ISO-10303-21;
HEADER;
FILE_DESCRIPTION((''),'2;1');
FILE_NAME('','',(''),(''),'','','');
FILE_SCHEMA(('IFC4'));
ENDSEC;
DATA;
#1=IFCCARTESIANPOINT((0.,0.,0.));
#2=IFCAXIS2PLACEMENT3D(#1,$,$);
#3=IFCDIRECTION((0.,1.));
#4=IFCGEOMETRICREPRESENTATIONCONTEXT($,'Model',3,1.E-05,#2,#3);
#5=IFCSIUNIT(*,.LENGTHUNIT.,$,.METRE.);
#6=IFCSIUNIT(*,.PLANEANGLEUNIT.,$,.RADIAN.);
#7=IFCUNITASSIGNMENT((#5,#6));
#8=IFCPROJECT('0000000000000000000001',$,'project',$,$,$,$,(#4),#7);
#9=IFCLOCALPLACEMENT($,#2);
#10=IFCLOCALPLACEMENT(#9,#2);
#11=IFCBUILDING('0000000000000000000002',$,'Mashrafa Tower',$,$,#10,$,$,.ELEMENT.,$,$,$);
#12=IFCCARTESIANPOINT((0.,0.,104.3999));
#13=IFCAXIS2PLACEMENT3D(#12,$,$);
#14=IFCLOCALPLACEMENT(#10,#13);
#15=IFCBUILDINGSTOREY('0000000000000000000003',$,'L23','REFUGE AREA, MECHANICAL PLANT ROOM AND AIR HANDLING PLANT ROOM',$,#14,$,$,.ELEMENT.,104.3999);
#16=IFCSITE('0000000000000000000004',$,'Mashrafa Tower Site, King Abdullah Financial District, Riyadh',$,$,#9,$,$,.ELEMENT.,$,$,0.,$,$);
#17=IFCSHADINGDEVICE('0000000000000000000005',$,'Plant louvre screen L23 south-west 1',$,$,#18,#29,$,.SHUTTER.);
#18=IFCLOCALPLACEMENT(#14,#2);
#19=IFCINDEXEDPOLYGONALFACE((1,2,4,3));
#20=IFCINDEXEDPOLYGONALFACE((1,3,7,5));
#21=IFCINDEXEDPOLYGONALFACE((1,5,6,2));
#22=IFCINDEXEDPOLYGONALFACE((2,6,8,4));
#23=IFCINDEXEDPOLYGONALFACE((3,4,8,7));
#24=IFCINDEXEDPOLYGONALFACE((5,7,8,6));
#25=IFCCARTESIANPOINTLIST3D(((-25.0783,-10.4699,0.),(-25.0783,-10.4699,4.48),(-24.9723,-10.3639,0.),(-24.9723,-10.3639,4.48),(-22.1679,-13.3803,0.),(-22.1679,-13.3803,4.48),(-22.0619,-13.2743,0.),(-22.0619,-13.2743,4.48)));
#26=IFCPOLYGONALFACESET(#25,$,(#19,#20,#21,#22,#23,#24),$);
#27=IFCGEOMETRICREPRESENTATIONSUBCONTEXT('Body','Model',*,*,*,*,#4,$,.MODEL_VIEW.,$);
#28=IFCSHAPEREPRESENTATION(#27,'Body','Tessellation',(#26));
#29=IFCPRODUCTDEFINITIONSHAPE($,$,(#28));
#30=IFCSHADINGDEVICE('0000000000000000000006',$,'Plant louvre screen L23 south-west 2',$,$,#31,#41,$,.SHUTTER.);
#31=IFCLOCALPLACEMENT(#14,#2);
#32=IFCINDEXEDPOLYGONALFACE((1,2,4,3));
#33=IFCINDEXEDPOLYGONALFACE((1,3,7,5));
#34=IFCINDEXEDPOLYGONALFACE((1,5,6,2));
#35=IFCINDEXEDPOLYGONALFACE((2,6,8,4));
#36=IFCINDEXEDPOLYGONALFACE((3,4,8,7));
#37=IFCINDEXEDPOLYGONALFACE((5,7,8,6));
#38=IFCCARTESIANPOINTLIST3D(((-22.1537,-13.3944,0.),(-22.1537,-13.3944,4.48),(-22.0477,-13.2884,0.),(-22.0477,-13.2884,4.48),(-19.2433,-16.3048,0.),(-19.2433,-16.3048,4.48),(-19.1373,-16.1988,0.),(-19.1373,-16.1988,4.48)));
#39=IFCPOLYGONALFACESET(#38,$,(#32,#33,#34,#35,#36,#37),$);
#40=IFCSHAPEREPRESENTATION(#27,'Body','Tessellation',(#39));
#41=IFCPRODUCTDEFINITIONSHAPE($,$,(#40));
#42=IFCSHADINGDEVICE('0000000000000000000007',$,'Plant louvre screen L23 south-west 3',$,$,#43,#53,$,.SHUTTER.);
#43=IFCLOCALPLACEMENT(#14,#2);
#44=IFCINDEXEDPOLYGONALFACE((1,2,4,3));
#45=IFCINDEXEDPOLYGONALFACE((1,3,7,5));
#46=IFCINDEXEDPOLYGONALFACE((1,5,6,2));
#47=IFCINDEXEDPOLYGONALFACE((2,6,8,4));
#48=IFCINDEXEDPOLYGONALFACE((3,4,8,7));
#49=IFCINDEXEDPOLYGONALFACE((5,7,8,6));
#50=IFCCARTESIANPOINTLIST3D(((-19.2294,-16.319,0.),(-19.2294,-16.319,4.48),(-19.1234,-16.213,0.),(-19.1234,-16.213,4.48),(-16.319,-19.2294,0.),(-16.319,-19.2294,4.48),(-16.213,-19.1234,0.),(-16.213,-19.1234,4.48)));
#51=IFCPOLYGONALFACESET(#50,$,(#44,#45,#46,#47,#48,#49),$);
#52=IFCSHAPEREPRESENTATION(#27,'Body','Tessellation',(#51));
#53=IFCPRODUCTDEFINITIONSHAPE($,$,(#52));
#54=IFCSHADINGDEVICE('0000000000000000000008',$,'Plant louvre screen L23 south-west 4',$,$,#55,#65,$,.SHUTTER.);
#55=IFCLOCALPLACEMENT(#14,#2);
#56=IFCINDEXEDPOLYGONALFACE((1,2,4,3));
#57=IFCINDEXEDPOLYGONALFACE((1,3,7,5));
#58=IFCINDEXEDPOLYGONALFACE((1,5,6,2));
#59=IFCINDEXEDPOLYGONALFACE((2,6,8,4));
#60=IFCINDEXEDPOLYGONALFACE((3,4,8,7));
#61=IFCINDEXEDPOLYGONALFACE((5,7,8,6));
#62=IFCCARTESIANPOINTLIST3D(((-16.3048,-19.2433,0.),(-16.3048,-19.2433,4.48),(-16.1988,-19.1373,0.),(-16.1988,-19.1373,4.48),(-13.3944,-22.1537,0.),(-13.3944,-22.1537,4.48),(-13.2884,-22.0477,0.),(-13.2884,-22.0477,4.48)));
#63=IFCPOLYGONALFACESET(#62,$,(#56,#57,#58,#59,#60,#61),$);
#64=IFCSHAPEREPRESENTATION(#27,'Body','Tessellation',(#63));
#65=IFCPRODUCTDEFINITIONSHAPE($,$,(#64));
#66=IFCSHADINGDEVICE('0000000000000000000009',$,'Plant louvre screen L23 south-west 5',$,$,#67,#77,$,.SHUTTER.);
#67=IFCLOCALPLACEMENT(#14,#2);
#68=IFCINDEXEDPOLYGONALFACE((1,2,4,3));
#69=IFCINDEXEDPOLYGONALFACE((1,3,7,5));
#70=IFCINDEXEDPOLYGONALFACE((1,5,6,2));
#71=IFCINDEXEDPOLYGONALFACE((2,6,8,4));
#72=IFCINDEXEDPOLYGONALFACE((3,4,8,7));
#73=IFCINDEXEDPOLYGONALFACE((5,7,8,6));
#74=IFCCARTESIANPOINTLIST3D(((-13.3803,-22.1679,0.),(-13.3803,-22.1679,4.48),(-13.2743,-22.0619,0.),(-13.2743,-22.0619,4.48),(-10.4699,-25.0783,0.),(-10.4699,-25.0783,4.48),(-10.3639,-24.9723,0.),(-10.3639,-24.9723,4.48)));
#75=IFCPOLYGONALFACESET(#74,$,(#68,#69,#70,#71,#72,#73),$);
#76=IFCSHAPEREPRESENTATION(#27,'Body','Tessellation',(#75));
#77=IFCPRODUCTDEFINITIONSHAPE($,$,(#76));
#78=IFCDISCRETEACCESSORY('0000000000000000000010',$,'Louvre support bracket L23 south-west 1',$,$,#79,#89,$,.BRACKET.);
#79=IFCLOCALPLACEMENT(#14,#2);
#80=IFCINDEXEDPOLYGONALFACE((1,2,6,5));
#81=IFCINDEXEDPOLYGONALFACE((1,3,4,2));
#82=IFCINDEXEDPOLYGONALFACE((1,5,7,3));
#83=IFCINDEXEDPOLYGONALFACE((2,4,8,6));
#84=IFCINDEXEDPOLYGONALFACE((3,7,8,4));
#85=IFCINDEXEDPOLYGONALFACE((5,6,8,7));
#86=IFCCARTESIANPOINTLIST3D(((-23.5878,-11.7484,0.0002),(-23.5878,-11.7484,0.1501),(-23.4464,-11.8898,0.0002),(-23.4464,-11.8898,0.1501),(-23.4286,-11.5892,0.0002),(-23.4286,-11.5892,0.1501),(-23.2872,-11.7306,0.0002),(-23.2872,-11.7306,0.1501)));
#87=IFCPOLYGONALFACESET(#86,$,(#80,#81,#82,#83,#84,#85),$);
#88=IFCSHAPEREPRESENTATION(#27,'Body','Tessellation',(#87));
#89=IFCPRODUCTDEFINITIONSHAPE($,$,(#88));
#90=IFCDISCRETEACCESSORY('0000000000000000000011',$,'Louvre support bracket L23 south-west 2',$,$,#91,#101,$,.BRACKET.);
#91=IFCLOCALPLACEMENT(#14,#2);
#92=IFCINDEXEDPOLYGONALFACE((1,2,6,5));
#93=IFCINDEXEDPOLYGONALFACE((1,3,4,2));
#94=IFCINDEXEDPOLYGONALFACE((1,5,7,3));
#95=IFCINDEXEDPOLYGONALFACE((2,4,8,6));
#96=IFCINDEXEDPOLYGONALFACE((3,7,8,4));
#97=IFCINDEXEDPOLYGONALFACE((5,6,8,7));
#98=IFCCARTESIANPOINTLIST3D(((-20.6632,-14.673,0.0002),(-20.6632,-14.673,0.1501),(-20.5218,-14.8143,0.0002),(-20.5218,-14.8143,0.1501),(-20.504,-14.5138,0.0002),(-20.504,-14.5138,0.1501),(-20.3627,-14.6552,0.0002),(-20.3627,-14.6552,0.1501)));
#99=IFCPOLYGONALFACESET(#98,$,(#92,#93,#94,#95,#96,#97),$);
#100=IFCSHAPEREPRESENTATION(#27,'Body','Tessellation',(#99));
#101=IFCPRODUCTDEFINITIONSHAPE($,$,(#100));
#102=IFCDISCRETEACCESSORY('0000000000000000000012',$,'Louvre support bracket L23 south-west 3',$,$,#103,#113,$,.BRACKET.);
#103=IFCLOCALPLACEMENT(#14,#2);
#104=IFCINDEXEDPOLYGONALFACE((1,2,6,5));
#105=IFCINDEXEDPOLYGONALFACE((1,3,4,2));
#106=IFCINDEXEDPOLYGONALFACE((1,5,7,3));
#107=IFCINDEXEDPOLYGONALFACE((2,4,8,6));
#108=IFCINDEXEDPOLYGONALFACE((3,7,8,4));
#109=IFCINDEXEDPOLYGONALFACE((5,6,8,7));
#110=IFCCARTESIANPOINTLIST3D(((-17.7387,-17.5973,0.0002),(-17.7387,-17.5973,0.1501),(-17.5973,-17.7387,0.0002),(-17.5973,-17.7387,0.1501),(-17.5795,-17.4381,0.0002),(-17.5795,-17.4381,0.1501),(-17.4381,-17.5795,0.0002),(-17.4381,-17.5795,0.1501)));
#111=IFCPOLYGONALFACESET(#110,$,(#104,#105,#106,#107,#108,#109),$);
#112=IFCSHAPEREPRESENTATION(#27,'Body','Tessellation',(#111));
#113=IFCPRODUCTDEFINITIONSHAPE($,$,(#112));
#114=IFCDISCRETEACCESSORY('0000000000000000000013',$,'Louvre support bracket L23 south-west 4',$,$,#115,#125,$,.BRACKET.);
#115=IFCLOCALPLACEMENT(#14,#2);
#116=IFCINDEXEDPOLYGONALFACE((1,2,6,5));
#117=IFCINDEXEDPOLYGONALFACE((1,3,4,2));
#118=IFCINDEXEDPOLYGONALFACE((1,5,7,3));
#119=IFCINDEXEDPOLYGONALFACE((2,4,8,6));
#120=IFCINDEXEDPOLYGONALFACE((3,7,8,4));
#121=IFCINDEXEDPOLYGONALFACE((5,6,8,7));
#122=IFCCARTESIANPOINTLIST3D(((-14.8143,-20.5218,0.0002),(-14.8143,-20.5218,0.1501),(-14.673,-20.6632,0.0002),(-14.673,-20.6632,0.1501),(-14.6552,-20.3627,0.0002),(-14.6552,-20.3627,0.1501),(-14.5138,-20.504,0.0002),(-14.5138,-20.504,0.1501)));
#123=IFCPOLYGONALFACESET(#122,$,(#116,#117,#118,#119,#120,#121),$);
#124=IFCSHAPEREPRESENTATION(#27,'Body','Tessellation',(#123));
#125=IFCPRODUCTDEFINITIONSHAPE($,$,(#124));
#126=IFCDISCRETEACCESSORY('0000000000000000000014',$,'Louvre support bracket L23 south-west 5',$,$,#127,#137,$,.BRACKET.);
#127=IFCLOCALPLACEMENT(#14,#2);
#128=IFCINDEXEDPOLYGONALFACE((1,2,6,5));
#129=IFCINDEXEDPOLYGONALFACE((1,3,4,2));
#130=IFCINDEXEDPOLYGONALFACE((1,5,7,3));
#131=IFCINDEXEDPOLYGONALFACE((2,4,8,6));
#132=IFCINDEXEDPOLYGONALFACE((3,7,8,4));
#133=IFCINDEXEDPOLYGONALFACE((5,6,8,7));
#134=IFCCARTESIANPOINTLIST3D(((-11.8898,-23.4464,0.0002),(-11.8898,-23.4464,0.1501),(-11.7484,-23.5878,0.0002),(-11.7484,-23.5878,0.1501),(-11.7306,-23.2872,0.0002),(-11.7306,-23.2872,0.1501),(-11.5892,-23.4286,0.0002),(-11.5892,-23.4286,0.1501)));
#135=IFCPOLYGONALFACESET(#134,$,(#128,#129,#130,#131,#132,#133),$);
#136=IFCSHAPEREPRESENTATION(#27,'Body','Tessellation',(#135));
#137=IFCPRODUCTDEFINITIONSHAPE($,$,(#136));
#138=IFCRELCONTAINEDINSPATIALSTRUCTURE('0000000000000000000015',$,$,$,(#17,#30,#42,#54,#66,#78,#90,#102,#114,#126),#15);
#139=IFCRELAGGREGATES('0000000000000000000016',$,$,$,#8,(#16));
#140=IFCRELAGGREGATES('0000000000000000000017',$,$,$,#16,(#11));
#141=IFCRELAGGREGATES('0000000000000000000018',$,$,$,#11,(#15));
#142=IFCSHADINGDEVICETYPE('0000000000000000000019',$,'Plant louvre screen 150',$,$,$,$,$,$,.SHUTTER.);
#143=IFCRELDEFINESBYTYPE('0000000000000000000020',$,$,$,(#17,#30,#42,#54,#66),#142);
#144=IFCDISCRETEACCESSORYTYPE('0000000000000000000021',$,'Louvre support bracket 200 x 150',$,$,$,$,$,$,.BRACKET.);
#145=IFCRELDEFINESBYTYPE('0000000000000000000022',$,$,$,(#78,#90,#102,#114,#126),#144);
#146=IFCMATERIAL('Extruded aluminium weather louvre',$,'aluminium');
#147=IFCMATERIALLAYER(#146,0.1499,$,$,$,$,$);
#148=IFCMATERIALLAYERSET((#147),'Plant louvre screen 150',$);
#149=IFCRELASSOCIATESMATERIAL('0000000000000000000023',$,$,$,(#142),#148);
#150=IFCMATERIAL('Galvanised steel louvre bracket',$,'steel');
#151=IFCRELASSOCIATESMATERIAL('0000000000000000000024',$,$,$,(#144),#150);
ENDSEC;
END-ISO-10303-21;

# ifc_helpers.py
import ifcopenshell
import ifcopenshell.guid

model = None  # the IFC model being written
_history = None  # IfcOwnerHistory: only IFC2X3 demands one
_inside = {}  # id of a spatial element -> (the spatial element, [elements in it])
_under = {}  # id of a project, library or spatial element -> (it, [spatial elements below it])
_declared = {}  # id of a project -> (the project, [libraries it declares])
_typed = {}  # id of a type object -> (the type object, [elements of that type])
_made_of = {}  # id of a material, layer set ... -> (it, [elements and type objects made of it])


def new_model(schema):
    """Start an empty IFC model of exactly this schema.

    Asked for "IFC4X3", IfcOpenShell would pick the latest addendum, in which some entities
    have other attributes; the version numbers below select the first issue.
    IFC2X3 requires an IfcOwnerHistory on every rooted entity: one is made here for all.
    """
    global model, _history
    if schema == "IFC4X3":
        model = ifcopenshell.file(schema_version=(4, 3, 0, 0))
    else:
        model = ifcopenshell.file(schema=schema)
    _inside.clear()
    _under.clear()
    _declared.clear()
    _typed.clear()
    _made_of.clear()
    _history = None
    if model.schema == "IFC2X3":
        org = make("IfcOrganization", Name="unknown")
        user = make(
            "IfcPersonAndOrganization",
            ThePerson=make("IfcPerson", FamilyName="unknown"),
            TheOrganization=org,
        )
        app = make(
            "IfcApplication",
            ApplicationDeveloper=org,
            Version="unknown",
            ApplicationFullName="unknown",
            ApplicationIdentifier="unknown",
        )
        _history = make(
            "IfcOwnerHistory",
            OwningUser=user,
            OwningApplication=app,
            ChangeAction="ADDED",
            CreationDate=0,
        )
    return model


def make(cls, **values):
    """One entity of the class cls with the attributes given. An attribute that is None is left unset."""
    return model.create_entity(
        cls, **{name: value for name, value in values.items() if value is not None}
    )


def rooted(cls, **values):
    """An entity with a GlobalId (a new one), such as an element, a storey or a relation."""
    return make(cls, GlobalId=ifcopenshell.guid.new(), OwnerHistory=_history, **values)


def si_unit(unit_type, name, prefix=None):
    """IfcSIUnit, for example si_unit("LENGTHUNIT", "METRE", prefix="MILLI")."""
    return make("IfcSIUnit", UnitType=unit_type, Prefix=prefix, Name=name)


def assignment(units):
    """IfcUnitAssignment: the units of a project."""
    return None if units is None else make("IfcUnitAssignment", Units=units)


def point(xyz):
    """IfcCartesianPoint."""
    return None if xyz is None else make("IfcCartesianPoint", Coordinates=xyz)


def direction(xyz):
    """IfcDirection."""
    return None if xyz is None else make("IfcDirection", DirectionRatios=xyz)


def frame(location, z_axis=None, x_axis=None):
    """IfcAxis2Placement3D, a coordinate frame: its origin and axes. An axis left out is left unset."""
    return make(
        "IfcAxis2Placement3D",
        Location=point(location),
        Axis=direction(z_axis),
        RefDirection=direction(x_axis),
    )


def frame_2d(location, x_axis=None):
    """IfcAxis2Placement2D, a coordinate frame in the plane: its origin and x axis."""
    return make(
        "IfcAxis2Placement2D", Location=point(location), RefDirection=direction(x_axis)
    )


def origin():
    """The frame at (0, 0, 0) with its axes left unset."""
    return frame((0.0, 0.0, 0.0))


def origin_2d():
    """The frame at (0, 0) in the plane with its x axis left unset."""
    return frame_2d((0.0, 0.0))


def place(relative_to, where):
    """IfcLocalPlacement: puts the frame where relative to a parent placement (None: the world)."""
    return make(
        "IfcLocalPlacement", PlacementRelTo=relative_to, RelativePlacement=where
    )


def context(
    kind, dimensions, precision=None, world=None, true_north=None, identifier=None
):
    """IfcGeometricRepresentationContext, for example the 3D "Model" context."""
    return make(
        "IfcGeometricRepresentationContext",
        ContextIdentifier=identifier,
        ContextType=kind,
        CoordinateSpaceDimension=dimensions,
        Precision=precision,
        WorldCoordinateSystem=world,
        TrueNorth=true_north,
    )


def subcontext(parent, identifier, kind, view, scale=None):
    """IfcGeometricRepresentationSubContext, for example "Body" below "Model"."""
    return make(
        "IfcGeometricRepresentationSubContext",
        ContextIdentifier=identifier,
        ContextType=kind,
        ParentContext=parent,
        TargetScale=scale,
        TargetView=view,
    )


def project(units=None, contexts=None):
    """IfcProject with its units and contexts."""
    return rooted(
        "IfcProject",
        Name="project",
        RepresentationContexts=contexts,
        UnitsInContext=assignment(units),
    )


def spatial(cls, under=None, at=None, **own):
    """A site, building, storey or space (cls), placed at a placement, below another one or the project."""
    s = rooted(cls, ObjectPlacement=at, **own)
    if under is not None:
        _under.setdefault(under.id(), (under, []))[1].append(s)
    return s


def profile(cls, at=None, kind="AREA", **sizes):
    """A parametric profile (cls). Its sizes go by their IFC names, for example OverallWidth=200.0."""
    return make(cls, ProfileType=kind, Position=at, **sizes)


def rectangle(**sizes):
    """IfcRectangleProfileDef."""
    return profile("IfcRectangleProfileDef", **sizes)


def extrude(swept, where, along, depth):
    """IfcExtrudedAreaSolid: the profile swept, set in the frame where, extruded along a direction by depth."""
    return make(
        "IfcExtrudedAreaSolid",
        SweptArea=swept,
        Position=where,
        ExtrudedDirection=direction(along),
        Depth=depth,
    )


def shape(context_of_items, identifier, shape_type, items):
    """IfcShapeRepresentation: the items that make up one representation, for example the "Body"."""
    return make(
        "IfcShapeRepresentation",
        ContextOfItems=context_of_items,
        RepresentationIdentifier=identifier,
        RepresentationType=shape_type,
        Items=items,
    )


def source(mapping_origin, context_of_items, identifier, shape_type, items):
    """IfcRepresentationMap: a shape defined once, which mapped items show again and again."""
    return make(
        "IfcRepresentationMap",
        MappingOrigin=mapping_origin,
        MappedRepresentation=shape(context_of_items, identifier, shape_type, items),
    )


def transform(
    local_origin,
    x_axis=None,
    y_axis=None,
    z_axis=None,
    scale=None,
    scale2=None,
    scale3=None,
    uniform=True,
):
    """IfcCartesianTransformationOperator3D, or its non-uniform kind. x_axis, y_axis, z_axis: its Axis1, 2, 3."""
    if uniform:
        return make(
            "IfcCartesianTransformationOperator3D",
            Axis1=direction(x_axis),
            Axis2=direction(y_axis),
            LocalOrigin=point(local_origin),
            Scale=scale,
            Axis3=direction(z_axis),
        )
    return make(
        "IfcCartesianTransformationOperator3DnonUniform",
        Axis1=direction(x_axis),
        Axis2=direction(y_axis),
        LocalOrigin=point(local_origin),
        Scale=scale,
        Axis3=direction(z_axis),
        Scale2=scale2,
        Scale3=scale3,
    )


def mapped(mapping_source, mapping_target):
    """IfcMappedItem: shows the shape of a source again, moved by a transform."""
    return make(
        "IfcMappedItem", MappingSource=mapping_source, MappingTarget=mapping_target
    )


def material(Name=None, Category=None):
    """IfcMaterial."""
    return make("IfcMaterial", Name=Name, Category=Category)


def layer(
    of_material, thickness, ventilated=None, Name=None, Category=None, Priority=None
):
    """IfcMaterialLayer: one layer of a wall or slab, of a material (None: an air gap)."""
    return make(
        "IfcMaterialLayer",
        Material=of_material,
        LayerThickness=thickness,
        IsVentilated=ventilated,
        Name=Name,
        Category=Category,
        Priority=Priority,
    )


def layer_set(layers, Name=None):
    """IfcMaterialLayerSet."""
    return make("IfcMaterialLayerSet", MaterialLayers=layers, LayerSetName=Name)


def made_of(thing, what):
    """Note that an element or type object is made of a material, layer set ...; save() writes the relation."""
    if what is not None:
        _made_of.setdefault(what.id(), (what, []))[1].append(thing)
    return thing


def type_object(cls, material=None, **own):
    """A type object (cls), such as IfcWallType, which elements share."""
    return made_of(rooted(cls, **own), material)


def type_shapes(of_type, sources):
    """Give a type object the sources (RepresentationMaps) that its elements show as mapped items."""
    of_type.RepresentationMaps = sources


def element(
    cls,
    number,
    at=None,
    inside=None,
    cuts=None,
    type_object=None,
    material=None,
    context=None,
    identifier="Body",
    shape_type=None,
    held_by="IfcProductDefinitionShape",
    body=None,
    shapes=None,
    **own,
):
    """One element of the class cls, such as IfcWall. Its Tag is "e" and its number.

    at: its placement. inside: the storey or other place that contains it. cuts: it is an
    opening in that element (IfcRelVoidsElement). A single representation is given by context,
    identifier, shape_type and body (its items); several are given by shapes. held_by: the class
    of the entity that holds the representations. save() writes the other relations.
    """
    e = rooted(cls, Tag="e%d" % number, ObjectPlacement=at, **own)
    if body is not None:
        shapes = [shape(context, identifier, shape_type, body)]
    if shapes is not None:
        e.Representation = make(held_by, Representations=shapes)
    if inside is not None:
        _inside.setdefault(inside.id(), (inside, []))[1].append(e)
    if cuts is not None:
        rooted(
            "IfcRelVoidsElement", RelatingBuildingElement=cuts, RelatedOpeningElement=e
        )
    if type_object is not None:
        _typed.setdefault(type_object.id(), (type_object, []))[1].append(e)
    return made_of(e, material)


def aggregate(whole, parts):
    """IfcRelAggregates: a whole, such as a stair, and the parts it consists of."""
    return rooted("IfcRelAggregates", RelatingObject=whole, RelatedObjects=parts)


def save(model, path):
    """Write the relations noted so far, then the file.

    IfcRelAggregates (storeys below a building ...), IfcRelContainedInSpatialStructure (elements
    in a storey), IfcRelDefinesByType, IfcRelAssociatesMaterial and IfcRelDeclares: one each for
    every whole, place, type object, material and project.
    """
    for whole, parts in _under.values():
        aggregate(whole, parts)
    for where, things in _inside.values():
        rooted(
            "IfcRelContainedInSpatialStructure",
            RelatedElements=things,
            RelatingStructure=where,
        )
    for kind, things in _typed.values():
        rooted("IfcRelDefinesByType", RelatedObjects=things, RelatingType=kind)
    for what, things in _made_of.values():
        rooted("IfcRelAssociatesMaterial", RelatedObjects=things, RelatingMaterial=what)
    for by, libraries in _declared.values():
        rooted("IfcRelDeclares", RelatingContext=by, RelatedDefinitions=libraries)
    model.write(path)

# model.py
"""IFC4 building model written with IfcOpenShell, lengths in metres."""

from ifc_helpers import new_model, si_unit, direction, frame, origin, origin_2d, place, context, subcontext, project, spatial, rectangle, extrude, source, transform, mapped, material, layer, layer_set, type_object, type_shapes, element, save


model = new_model("IFC4")

# Units and contexts
model_context = context("Model", 3, precision=1e-05, world=origin(), true_north=direction((0.0, 1.0)))
body_context = subcontext(model_context, "Body", "Model", "MODEL_VIEW")
ifc_project = project(units=[si_unit("LENGTHUNIT", "METRE"), si_unit("PLANEANGLEUNIT", "RADIAN")], contexts=[model_context])

# Site, building, storey
site_placement = place(None, origin())
site = spatial("IfcSite", under=ifc_project, at=site_placement, Name="Mashrafa Tower Site, King Abdullah Financial District, Riyadh", CompositionType="ELEMENT", RefElevation=0.0)
building_placement = place(site_placement, origin())
building = spatial("IfcBuilding", under=site, at=building_placement, Name="Mashrafa Tower", CompositionType="ELEMENT")
storey_placement = place(building_placement, frame((0.0, 0.0, 104.3999)))
storey = spatial("IfcBuildingStorey", under=building, at=storey_placement, Name="L23", Description="REFUGE AREA, MECHANICAL PLANT ROOM AND AIR HANDLING PLANT ROOM", CompositionType="ELEMENT", Elevation=104.3999)

# Shading devices
ifc_material_1 = material(Name="Extruded aluminium weather louvre", Category="aluminium")
ifc_layer_1 = layer(ifc_material_1, 0.1499)
ifc_layer_set_1 = layer_set([ifc_layer_1], Name="Plant louvre screen 150")
shading_device_type = type_object("IfcShadingDeviceType", Name="Plant louvre screen 150", PredefinedType="SHUTTER", material=ifc_layer_set_1)
shared_shape_1 = source(origin(), body_context, "Body", "SweptSolid", [
    extrude(rectangle(XDim=4.116, YDim=0.1499, at=origin_2d()), origin(), (0.0, 0.0, 1.0), 4.48),
])
type_shapes(shading_device_type, [shared_shape_1])
for number, where, z_axis, x_axis, name in (
    (1, (-23.5701, -11.8721, 0.0), (0.0, 0.0, 1.0), (0.707107, -0.707107, 0.0), "Plant louvre screen L23 south-west 1"),
    (2, (-20.6455, -14.7966, 0.0), (0.0, 0.0, 1.0), (0.707107, -0.707107, 0.0), "Plant louvre screen L23 south-west 2"),
    (3, (-17.7212, -17.7212, 0.0), (0.0, 0.0, 1.0), (0.707107, -0.707107, 0.0), "Plant louvre screen L23 south-west 3"),
    (4, (-14.7966, -20.6455, 0.0), (0.0, 0.0, 1.0), (0.707107, -0.707107, 0.0), "Plant louvre screen L23 south-west 4"),
    (5, (-11.8721, -23.5701, 0.0), (0.0, 0.0, 1.0), (0.707107, -0.707107, 0.0), "Plant louvre screen L23 south-west 5"),
):
    element("IfcShadingDevice", number, at=place(storey_placement, frame(where, z_axis=z_axis, x_axis=x_axis)), inside=storey, type_object=shading_device_type, Name=name, PredefinedType="SHUTTER", context=body_context, shape_type="MappedRepresentation", body=[
        mapped(shared_shape_1, transform((0.0, 0.0, 0.0))),
    ])

# Discrete accessories
ifc_material_2 = material(Name="Galvanised steel louvre bracket", Category="steel")
discrete_accessory_type = type_object("IfcDiscreteAccessoryType", Name="Louvre support bracket 200 x 150", PredefinedType="BRACKET", material=ifc_material_2)
shared_shape_2 = source(origin(), body_context, "Body", "SweptSolid", [
    extrude(rectangle(XDim=0.2, YDim=0.2251, at=origin_2d()), origin(), (0.0, 0.0, 1.0), 0.1499),
])
type_shapes(discrete_accessory_type, [shared_shape_2])
for number, where, z_axis, x_axis, name in (
    (6, (-23.4375, -11.7395, 0.0002), (0.0, 0.0, 1.0), (0.707107, -0.707107, 0.0), "Louvre support bracket L23 south-west 1"),
    (7, (-20.5129, -14.6641, 0.0002), (0.0, 0.0, 1.0), (0.707107, -0.707107, 0.0), "Louvre support bracket L23 south-west 2"),
    (8, (-17.5884, -17.5884, 0.0002), (0.0, 0.0, 1.0), (0.707107, -0.707107, 0.0), "Louvre support bracket L23 south-west 3"),
    (9, (-14.6641, -20.5129, 0.0002), (0.0, 0.0, 1.0), (0.707107, -0.707107, 0.0), "Louvre support bracket L23 south-west 4"),
    (10, (-11.7395, -23.4375, 0.0002), (0.0, 0.0, 1.0), (0.707107, -0.707107, 0.0), "Louvre support bracket L23 south-west 5"),
):
    element("IfcDiscreteAccessory", number, at=place(storey_placement, frame(where, z_axis=z_axis, x_axis=x_axis)), inside=storey, type_object=discrete_accessory_type, Name=name, PredefinedType="BRACKET", context=body_context, shape_type="MappedRepresentation", body=[
        mapped(shared_shape_2, transform((0.0, 0.0, 0.0))),
    ])

save(model, "model.ifc")
